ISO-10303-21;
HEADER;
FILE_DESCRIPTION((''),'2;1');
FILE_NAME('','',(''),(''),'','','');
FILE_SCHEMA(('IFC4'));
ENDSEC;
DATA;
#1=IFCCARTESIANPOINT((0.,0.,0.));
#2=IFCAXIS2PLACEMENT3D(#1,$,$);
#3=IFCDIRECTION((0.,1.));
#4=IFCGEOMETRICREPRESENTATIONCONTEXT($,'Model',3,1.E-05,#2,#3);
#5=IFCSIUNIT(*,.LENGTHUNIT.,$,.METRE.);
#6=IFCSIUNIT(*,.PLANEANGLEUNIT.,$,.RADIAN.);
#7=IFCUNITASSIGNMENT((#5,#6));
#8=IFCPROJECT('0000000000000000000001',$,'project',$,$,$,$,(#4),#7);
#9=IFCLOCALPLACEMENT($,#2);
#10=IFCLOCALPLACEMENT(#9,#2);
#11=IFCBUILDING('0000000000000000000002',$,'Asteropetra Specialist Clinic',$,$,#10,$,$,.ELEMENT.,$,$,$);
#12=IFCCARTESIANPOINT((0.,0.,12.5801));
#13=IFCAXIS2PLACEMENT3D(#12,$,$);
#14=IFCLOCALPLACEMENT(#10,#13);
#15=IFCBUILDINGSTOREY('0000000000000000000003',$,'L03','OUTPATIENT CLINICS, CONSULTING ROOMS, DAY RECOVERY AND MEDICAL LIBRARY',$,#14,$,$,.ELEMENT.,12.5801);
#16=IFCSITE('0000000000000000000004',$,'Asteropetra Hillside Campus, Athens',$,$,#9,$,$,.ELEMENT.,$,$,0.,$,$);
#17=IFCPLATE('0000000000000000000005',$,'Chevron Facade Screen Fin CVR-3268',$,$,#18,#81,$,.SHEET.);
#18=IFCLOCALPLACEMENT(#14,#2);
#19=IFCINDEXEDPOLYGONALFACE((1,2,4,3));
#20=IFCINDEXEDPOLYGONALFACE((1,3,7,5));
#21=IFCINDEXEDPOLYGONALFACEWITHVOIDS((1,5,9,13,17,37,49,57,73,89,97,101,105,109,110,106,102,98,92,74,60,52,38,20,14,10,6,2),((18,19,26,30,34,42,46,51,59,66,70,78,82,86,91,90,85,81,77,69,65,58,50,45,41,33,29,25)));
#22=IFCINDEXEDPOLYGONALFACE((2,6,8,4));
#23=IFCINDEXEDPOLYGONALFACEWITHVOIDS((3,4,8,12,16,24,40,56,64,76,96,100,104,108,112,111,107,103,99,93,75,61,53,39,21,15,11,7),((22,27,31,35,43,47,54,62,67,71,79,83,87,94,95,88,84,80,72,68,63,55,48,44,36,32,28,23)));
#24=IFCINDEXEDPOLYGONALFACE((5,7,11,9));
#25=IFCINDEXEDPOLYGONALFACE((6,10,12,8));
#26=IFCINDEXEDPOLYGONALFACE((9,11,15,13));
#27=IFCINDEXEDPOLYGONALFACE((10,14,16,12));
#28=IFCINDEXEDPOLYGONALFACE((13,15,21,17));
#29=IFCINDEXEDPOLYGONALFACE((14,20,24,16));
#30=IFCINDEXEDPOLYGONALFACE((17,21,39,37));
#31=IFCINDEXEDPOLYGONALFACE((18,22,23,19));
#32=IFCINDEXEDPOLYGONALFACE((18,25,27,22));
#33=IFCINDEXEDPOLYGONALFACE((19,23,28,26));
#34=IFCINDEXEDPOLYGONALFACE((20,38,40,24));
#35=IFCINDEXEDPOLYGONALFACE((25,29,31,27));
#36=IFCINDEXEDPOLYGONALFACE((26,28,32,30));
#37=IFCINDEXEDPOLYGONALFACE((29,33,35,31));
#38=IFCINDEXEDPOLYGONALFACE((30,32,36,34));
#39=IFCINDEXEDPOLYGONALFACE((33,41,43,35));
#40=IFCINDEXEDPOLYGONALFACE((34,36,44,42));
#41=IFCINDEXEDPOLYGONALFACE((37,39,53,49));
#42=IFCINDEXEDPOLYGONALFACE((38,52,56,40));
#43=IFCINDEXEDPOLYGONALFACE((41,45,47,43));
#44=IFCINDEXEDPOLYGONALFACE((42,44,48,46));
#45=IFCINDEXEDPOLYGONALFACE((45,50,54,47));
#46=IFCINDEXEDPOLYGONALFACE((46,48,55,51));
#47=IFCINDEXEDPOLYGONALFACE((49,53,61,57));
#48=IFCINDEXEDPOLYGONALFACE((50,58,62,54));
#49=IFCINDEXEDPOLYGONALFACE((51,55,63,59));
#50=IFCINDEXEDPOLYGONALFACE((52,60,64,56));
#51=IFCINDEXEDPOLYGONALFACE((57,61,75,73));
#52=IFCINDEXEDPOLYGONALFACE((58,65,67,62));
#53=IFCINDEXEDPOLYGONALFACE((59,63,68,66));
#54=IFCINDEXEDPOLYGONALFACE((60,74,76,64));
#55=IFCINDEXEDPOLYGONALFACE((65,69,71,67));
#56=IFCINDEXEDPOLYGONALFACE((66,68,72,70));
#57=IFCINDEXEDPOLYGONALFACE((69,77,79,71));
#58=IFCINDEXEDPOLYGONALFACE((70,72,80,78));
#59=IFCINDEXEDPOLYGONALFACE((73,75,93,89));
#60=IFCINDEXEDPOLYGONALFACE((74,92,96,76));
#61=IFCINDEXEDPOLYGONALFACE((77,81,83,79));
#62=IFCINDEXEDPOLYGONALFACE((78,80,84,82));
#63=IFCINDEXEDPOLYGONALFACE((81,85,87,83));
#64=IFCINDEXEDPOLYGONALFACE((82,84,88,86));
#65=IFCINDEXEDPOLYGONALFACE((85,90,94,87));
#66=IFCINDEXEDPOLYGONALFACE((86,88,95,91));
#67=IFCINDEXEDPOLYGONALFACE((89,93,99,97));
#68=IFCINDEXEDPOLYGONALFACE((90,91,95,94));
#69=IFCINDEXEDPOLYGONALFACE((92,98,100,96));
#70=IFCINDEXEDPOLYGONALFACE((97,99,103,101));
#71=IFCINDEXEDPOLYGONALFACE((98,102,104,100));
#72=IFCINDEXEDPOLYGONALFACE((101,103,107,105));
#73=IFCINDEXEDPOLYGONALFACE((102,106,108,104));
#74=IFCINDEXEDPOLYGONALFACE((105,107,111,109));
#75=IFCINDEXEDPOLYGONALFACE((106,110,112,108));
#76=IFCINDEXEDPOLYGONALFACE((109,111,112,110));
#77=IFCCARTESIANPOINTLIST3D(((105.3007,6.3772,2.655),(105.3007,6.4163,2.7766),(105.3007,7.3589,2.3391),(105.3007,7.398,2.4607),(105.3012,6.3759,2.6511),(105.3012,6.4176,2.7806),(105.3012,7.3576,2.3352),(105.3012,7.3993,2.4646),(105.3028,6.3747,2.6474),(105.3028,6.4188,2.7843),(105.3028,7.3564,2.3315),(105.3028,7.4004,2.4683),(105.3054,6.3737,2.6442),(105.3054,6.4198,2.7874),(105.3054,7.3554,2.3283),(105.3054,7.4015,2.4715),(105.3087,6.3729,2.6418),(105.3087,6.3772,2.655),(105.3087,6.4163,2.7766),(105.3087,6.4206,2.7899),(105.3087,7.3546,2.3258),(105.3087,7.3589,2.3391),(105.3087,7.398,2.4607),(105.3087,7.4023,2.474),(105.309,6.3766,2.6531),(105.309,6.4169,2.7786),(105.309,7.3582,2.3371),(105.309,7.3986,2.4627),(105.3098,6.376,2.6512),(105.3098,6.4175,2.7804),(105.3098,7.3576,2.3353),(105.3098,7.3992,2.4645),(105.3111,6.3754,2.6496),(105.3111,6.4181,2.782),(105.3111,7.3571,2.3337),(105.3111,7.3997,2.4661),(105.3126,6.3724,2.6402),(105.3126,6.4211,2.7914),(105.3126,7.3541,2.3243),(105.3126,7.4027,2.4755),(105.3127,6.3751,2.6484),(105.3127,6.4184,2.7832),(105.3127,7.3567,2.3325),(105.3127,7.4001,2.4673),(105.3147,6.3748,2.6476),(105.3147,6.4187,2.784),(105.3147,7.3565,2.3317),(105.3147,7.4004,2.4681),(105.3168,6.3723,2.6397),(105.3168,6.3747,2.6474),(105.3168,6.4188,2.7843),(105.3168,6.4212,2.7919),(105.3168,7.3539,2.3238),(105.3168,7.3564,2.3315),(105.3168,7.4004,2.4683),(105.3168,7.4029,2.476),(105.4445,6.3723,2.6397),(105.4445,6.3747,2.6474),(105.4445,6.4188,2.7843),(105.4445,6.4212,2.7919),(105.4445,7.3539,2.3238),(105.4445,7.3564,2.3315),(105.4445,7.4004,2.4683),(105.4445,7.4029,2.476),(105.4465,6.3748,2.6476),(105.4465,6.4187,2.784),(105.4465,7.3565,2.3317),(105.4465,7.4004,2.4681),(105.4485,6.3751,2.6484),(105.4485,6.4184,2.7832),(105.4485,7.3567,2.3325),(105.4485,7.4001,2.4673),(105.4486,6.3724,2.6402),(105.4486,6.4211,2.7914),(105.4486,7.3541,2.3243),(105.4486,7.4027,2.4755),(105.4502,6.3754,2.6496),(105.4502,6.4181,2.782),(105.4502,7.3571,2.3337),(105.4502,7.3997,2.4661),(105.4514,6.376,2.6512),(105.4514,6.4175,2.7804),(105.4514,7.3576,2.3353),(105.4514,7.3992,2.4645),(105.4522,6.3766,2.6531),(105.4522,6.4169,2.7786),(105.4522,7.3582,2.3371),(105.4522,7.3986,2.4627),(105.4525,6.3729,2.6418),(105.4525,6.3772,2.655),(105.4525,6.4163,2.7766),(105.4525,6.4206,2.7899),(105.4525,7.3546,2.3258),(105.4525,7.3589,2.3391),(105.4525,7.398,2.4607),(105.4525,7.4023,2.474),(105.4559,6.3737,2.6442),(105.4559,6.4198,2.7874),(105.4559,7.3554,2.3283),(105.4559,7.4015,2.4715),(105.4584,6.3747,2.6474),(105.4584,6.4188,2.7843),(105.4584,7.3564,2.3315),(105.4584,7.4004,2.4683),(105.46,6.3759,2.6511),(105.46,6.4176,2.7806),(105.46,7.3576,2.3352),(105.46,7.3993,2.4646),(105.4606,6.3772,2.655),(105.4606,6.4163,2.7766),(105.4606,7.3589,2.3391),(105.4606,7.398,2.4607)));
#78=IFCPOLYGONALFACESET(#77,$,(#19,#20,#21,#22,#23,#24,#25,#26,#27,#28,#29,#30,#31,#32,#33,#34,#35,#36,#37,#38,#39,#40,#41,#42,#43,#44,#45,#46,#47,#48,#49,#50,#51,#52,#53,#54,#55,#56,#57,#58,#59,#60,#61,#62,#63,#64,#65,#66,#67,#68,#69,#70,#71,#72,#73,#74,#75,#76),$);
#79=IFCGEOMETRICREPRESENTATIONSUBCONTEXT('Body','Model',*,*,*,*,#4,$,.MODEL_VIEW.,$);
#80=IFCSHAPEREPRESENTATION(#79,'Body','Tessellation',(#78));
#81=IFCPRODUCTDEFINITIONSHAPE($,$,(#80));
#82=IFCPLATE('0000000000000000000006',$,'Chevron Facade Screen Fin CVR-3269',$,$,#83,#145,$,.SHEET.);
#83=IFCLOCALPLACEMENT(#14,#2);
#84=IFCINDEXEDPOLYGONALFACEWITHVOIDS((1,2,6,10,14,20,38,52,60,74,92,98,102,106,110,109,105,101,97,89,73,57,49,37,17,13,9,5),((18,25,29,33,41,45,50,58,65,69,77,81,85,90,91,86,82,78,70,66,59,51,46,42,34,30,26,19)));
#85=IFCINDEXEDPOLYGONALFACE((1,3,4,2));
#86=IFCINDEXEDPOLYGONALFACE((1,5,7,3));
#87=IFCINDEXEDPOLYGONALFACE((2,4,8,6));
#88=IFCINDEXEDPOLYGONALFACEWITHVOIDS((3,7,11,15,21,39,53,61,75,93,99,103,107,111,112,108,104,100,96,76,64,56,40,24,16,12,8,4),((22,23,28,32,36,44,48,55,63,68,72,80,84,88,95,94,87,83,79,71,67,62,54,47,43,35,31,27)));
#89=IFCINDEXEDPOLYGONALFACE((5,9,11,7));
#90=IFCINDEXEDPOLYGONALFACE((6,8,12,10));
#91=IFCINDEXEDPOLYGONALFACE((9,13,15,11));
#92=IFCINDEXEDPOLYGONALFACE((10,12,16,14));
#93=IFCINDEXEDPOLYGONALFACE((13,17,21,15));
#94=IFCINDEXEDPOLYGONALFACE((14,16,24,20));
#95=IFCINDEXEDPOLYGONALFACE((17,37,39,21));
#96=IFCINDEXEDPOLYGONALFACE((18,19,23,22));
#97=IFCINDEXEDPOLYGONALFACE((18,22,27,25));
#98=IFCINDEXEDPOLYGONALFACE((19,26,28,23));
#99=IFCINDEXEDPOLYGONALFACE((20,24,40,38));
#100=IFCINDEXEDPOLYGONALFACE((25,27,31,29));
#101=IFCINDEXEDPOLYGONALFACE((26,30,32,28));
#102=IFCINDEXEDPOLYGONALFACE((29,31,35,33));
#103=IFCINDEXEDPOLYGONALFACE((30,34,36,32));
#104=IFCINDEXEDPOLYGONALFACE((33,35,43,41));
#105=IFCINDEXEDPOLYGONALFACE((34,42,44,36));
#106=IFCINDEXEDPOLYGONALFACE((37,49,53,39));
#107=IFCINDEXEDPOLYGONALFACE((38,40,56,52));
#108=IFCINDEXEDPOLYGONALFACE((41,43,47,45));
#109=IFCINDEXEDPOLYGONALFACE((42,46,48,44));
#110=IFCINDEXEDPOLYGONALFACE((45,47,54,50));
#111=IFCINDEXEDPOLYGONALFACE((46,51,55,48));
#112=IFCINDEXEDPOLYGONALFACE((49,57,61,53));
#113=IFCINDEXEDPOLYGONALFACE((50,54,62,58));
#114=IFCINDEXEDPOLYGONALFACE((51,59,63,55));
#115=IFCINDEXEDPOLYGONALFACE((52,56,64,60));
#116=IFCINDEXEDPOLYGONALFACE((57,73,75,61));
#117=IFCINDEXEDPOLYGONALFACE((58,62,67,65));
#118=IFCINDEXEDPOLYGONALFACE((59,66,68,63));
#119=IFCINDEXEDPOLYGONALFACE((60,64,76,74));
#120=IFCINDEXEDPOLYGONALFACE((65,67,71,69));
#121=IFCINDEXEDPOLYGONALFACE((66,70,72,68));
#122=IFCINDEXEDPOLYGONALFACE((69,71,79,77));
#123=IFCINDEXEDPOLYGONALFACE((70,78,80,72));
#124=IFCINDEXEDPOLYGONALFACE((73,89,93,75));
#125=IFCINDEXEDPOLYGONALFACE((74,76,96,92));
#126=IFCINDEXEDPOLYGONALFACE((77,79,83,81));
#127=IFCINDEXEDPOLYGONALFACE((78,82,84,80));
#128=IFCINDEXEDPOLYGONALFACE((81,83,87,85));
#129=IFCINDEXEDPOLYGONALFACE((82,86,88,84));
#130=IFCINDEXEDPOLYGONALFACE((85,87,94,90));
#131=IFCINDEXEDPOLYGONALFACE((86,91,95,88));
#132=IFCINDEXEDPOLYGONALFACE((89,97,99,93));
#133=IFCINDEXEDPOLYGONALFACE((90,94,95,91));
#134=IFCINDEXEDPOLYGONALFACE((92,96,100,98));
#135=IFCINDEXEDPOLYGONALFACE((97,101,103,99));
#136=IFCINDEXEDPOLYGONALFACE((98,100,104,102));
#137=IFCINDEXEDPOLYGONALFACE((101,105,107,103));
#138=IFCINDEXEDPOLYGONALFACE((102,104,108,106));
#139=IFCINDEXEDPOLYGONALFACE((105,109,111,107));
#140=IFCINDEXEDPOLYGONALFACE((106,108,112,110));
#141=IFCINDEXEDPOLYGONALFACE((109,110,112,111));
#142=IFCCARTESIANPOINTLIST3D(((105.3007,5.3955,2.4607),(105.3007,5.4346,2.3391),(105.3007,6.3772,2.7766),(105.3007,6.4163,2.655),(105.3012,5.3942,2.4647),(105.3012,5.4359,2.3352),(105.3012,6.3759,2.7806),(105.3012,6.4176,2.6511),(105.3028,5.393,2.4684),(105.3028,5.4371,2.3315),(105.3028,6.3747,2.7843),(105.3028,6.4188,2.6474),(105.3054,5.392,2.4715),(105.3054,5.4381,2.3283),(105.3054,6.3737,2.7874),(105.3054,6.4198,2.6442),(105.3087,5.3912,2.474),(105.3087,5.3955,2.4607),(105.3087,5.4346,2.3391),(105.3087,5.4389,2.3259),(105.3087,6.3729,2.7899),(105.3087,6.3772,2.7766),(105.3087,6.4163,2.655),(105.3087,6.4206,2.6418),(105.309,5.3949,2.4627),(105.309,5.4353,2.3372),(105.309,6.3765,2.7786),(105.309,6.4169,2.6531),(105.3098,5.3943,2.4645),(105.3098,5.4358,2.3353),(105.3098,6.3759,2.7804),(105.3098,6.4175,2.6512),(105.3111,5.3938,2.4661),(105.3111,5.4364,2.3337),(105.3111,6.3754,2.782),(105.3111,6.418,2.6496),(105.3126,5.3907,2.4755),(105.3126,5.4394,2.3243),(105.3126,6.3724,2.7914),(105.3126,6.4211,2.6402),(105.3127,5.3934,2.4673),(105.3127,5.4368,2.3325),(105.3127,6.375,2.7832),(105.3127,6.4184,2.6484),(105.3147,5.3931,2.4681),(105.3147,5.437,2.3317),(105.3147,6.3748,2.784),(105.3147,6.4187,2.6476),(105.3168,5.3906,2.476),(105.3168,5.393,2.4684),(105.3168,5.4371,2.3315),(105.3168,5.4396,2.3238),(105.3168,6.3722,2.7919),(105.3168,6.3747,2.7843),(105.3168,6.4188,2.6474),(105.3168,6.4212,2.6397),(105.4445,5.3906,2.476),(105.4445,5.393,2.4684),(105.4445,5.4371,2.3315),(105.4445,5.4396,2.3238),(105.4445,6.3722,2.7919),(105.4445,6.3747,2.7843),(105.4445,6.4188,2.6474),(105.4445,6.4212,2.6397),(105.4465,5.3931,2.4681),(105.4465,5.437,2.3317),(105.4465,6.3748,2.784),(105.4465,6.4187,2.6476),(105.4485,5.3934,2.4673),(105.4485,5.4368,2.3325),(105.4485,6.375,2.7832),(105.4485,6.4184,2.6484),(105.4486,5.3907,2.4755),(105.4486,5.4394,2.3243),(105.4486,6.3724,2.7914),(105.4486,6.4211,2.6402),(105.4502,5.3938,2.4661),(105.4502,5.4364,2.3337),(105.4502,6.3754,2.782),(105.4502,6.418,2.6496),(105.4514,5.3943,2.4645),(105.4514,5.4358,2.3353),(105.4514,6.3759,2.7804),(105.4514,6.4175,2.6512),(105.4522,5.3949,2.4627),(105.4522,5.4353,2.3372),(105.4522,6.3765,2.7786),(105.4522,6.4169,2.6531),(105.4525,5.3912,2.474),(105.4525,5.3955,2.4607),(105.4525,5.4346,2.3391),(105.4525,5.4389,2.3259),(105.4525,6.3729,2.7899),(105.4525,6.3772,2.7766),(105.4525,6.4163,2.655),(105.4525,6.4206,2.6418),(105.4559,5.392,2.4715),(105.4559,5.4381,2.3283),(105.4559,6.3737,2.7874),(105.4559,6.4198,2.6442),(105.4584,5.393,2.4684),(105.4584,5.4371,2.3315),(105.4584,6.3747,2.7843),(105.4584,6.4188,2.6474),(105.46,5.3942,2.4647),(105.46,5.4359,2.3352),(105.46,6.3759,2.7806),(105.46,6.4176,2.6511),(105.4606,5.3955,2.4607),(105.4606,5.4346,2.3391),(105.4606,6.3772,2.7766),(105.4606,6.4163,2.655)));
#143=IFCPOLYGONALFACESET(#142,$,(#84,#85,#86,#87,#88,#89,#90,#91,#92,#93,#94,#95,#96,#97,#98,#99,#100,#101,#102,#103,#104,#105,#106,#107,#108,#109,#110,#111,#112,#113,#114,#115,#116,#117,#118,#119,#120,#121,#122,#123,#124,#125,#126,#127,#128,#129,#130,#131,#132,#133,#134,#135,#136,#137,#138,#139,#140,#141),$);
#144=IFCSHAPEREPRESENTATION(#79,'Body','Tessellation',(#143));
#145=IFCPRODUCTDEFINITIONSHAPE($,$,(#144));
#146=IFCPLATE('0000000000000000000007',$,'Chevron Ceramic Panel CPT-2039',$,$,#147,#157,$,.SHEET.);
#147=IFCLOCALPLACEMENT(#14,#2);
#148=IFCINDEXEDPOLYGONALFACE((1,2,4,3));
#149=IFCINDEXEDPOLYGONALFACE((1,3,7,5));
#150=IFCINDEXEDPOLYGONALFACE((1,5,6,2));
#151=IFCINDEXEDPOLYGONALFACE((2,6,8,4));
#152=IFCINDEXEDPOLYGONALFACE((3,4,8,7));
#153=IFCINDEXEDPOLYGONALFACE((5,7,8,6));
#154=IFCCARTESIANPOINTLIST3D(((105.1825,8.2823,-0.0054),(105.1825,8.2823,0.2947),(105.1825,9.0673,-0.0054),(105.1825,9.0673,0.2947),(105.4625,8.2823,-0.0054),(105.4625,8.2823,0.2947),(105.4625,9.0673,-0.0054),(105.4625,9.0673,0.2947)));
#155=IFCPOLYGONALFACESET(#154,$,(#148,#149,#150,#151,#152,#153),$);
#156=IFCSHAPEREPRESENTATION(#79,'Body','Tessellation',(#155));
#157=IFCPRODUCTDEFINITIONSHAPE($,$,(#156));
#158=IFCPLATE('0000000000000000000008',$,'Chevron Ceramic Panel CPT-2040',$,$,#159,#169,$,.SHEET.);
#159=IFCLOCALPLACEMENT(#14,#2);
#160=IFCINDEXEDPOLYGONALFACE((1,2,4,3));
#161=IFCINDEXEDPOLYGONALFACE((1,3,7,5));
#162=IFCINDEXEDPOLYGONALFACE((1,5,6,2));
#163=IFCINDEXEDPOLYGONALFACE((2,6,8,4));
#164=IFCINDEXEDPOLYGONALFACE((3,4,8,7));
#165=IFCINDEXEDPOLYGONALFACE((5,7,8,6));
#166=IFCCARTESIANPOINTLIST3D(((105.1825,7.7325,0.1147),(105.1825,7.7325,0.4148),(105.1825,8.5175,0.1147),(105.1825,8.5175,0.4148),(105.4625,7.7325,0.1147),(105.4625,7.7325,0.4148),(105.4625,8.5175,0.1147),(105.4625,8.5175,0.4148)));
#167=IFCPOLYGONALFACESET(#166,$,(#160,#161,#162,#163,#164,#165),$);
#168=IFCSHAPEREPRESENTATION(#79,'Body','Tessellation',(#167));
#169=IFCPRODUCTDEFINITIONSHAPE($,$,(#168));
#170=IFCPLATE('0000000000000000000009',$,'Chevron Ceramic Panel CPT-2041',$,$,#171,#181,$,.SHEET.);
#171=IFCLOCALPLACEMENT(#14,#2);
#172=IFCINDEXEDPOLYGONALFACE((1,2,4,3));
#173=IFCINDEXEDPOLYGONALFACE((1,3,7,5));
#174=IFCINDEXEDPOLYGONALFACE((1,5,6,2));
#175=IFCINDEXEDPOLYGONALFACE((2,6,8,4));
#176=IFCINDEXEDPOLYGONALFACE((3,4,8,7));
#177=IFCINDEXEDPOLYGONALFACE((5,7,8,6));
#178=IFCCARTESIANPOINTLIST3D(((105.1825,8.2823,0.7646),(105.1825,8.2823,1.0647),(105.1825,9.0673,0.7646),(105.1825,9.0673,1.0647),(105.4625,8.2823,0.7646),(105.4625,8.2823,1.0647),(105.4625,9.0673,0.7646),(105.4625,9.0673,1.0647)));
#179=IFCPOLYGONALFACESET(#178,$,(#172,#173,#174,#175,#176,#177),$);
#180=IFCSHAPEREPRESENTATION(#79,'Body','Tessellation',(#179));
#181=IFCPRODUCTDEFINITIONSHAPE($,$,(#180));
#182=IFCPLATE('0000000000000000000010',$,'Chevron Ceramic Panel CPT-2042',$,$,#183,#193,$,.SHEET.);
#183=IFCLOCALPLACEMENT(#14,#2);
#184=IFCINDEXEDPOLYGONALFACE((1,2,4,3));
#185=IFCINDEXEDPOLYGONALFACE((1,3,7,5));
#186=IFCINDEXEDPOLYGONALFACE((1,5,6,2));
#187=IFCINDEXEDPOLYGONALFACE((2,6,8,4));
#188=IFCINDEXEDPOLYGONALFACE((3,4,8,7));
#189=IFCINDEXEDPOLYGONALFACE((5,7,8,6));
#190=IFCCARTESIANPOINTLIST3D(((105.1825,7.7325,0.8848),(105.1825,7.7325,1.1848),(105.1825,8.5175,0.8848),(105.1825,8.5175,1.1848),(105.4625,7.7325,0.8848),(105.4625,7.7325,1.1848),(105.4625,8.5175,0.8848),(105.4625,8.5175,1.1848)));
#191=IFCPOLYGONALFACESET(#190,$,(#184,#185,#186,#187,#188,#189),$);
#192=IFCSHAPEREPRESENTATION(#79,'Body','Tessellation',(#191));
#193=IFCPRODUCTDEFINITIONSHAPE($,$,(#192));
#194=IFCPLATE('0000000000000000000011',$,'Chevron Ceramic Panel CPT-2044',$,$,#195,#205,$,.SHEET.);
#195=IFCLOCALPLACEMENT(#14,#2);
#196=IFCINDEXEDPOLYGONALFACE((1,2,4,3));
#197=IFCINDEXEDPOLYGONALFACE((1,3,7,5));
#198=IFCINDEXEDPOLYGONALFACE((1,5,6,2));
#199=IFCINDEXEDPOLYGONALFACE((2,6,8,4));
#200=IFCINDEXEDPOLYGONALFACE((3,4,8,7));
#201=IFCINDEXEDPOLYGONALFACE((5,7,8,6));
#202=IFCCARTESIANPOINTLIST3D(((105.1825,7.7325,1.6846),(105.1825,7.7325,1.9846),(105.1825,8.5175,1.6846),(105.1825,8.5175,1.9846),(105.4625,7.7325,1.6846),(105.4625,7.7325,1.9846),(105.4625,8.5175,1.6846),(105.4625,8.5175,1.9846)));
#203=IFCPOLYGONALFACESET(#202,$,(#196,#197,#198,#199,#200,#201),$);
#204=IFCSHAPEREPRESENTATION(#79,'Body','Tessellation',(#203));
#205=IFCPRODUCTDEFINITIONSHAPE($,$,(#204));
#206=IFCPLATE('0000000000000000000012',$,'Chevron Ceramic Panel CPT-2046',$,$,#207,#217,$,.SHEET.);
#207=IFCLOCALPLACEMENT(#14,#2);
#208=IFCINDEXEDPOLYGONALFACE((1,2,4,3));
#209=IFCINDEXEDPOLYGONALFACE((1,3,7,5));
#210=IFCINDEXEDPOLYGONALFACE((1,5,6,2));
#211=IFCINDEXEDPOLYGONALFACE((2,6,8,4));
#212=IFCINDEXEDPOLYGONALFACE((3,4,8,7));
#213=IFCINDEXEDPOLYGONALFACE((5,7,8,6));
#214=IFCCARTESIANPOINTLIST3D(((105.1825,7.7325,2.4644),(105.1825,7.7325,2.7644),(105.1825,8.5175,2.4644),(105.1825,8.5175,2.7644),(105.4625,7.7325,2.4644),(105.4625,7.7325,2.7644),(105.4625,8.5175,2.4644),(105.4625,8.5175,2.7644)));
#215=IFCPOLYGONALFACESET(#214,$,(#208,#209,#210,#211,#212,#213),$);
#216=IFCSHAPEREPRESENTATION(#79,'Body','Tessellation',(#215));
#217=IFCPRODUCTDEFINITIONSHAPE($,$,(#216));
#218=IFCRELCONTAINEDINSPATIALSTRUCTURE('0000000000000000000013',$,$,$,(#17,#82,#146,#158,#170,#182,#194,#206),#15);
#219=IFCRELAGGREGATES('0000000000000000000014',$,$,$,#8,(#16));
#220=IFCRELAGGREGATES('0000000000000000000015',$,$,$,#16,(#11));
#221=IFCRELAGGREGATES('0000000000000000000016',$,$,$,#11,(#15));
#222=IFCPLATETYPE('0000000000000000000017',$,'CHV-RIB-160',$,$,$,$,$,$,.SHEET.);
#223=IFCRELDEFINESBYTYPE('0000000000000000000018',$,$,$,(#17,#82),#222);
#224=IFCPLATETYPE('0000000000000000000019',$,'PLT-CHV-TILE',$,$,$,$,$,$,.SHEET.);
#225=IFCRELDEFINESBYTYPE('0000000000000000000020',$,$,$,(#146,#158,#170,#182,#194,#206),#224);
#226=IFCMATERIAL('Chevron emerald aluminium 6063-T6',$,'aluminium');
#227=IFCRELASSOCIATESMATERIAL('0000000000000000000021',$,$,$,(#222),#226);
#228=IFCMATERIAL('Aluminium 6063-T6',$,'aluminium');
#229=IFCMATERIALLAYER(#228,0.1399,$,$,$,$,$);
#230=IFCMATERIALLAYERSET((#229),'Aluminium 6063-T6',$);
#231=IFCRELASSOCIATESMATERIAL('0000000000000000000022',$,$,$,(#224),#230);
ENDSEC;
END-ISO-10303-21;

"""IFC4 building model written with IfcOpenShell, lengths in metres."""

from ifc_helpers import new_model, si_unit, direction, frame, origin, origin_2d, place, context, subcontext, project, spatial, rectangle, hollow_rectangle, extrude, material, layer, layer_set, material_profile, profile_set, type_object, element, save


model = new_model("IFC4")

# Units and contexts
model_context = context("Model", 3, precision=1e-05, world=origin(), true_north=direction((0.0, 1.0)))
body_context = subcontext(model_context, "Body", "Model", "MODEL_VIEW")
ifc_project = project(units=[si_unit("LENGTHUNIT", "METRE"), si_unit("PLANEANGLEUNIT", "RADIAN")], contexts=[model_context])

# Site, building, storey
site_placement = place(None, origin())
site = spatial("IfcSite", under=ifc_project, at=site_placement, Name="Asteropetra Hillside Campus, Athens", CompositionType="ELEMENT", RefElevation=0.0)
building_placement = place(site_placement, origin())
building = spatial("IfcBuilding", under=site, at=building_placement, Name="Asteropetra Specialist Clinic", CompositionType="ELEMENT")
storey_placement = place(building_placement, frame((0.0, 0.0, 12.5801)))
storey = spatial("IfcBuildingStorey", under=building, at=storey_placement, Name="L03", Description="OUTPATIENT CLINICS, CONSULTING ROOMS, DAY RECOVERY AND MEDICAL LIBRARY", CompositionType="ELEMENT", Elevation=12.5801)

# Plates
ifc_material_1 = material(Name="Chevron emerald aluminium 6063-T6", Category="aluminium")
ifc_material_profile = material_profile(ifc_material_1, hollow_rectangle(XDim=0.1599, YDim=0.1599, WallThickness=0.0081, InnerFilletRadius=0.0081, OuterFilletRadius=0.0161, at=origin_2d()), Name="SHS 160x160x8.0")
ifc_profile_set = profile_set([ifc_material_profile], Name="Chevron emerald aluminium 6063-T6")
plate_type_1 = type_object("IfcPlateType", Name="CHV-RIB-160", PredefinedType="SHEET", material=ifc_profile_set)
for number, where, z_axis, x_axis, name in (
    (1, (105.3806, 7.3784, 2.3999), (0.0, -0.951923, 0.306339), (1.0, 0.0, 0.0), "Chevron Facade Screen Fin CVR-3268"),
    (2, (105.3806, 6.3967, 2.7158), (0.0, -0.951923, -0.306339), (1.0, 0.0, 0.0), "Chevron Facade Screen Fin CVR-3269"),
):
    element("IfcPlate", number, at=place(storey_placement, frame(where, z_axis=z_axis, x_axis=x_axis)), inside=storey, type_object=plate_type_1, Name=name, PredefinedType="SHEET", context=body_context, shape_type="SweptSolid", body=[
        extrude(hollow_rectangle(XDim=0.1599, YDim=0.1599, WallThickness=0.0081, InnerFilletRadius=0.0081, OuterFilletRadius=0.0161, at=origin_2d()), origin(), (0.0, 0.0, 1.0), 1.0312),
    ])
ifc_material_2 = material(Name="Aluminium 6063-T6", Category="aluminium")
ifc_layer = layer(ifc_material_2, 0.1399)
ifc_layer_set = layer_set([ifc_layer], Name="Aluminium 6063-T6")
plate_type_2 = type_object("IfcPlateType", Name="PLT-CHV-TILE", PredefinedType="SHEET", material=ifc_layer_set)
for number, where, z_axis, x_axis, name in (
    (3, (105.3225, 8.6748, -0.0054), (0.0, 0.0, 1.0), (1.0, 0.0, 0.0), "Chevron Ceramic Panel CPT-2039"),
    (4, (105.3225, 8.125, 0.1147), (0.0, 0.0, 1.0), (1.0, 0.0, 0.0), "Chevron Ceramic Panel CPT-2040"),
    (5, (105.3225, 8.6748, 0.7646), (0.0, 0.0, 1.0), (1.0, 0.0, 0.0), "Chevron Ceramic Panel CPT-2041"),
    (6, (105.3225, 8.125, 0.8848), (0.0, 0.0, 1.0), (1.0, 0.0, 0.0), "Chevron Ceramic Panel CPT-2042"),
    (7, (105.3225, 8.125, 1.6846), (0.0, 0.0, 1.0), (1.0, 0.0, 0.0), "Chevron Ceramic Panel CPT-2044"),
    (8, (105.3225, 8.125, 2.4644), (0.0, 0.0, 1.0), (1.0, 0.0, 0.0), "Chevron Ceramic Panel CPT-2046"),
):
    element("IfcPlate", number, at=place(storey_placement, frame(where, z_axis=z_axis, x_axis=x_axis)), inside=storey, type_object=plate_type_2, Name=name, PredefinedType="SHEET", context=body_context, shape_type="SweptSolid", body=[
        extrude(rectangle(XDim=0.28, YDim=0.7849, at=origin_2d()), origin(), (0.0, 0.0, 1.0), 0.3),
    ])

save(model, "model.ifc")
